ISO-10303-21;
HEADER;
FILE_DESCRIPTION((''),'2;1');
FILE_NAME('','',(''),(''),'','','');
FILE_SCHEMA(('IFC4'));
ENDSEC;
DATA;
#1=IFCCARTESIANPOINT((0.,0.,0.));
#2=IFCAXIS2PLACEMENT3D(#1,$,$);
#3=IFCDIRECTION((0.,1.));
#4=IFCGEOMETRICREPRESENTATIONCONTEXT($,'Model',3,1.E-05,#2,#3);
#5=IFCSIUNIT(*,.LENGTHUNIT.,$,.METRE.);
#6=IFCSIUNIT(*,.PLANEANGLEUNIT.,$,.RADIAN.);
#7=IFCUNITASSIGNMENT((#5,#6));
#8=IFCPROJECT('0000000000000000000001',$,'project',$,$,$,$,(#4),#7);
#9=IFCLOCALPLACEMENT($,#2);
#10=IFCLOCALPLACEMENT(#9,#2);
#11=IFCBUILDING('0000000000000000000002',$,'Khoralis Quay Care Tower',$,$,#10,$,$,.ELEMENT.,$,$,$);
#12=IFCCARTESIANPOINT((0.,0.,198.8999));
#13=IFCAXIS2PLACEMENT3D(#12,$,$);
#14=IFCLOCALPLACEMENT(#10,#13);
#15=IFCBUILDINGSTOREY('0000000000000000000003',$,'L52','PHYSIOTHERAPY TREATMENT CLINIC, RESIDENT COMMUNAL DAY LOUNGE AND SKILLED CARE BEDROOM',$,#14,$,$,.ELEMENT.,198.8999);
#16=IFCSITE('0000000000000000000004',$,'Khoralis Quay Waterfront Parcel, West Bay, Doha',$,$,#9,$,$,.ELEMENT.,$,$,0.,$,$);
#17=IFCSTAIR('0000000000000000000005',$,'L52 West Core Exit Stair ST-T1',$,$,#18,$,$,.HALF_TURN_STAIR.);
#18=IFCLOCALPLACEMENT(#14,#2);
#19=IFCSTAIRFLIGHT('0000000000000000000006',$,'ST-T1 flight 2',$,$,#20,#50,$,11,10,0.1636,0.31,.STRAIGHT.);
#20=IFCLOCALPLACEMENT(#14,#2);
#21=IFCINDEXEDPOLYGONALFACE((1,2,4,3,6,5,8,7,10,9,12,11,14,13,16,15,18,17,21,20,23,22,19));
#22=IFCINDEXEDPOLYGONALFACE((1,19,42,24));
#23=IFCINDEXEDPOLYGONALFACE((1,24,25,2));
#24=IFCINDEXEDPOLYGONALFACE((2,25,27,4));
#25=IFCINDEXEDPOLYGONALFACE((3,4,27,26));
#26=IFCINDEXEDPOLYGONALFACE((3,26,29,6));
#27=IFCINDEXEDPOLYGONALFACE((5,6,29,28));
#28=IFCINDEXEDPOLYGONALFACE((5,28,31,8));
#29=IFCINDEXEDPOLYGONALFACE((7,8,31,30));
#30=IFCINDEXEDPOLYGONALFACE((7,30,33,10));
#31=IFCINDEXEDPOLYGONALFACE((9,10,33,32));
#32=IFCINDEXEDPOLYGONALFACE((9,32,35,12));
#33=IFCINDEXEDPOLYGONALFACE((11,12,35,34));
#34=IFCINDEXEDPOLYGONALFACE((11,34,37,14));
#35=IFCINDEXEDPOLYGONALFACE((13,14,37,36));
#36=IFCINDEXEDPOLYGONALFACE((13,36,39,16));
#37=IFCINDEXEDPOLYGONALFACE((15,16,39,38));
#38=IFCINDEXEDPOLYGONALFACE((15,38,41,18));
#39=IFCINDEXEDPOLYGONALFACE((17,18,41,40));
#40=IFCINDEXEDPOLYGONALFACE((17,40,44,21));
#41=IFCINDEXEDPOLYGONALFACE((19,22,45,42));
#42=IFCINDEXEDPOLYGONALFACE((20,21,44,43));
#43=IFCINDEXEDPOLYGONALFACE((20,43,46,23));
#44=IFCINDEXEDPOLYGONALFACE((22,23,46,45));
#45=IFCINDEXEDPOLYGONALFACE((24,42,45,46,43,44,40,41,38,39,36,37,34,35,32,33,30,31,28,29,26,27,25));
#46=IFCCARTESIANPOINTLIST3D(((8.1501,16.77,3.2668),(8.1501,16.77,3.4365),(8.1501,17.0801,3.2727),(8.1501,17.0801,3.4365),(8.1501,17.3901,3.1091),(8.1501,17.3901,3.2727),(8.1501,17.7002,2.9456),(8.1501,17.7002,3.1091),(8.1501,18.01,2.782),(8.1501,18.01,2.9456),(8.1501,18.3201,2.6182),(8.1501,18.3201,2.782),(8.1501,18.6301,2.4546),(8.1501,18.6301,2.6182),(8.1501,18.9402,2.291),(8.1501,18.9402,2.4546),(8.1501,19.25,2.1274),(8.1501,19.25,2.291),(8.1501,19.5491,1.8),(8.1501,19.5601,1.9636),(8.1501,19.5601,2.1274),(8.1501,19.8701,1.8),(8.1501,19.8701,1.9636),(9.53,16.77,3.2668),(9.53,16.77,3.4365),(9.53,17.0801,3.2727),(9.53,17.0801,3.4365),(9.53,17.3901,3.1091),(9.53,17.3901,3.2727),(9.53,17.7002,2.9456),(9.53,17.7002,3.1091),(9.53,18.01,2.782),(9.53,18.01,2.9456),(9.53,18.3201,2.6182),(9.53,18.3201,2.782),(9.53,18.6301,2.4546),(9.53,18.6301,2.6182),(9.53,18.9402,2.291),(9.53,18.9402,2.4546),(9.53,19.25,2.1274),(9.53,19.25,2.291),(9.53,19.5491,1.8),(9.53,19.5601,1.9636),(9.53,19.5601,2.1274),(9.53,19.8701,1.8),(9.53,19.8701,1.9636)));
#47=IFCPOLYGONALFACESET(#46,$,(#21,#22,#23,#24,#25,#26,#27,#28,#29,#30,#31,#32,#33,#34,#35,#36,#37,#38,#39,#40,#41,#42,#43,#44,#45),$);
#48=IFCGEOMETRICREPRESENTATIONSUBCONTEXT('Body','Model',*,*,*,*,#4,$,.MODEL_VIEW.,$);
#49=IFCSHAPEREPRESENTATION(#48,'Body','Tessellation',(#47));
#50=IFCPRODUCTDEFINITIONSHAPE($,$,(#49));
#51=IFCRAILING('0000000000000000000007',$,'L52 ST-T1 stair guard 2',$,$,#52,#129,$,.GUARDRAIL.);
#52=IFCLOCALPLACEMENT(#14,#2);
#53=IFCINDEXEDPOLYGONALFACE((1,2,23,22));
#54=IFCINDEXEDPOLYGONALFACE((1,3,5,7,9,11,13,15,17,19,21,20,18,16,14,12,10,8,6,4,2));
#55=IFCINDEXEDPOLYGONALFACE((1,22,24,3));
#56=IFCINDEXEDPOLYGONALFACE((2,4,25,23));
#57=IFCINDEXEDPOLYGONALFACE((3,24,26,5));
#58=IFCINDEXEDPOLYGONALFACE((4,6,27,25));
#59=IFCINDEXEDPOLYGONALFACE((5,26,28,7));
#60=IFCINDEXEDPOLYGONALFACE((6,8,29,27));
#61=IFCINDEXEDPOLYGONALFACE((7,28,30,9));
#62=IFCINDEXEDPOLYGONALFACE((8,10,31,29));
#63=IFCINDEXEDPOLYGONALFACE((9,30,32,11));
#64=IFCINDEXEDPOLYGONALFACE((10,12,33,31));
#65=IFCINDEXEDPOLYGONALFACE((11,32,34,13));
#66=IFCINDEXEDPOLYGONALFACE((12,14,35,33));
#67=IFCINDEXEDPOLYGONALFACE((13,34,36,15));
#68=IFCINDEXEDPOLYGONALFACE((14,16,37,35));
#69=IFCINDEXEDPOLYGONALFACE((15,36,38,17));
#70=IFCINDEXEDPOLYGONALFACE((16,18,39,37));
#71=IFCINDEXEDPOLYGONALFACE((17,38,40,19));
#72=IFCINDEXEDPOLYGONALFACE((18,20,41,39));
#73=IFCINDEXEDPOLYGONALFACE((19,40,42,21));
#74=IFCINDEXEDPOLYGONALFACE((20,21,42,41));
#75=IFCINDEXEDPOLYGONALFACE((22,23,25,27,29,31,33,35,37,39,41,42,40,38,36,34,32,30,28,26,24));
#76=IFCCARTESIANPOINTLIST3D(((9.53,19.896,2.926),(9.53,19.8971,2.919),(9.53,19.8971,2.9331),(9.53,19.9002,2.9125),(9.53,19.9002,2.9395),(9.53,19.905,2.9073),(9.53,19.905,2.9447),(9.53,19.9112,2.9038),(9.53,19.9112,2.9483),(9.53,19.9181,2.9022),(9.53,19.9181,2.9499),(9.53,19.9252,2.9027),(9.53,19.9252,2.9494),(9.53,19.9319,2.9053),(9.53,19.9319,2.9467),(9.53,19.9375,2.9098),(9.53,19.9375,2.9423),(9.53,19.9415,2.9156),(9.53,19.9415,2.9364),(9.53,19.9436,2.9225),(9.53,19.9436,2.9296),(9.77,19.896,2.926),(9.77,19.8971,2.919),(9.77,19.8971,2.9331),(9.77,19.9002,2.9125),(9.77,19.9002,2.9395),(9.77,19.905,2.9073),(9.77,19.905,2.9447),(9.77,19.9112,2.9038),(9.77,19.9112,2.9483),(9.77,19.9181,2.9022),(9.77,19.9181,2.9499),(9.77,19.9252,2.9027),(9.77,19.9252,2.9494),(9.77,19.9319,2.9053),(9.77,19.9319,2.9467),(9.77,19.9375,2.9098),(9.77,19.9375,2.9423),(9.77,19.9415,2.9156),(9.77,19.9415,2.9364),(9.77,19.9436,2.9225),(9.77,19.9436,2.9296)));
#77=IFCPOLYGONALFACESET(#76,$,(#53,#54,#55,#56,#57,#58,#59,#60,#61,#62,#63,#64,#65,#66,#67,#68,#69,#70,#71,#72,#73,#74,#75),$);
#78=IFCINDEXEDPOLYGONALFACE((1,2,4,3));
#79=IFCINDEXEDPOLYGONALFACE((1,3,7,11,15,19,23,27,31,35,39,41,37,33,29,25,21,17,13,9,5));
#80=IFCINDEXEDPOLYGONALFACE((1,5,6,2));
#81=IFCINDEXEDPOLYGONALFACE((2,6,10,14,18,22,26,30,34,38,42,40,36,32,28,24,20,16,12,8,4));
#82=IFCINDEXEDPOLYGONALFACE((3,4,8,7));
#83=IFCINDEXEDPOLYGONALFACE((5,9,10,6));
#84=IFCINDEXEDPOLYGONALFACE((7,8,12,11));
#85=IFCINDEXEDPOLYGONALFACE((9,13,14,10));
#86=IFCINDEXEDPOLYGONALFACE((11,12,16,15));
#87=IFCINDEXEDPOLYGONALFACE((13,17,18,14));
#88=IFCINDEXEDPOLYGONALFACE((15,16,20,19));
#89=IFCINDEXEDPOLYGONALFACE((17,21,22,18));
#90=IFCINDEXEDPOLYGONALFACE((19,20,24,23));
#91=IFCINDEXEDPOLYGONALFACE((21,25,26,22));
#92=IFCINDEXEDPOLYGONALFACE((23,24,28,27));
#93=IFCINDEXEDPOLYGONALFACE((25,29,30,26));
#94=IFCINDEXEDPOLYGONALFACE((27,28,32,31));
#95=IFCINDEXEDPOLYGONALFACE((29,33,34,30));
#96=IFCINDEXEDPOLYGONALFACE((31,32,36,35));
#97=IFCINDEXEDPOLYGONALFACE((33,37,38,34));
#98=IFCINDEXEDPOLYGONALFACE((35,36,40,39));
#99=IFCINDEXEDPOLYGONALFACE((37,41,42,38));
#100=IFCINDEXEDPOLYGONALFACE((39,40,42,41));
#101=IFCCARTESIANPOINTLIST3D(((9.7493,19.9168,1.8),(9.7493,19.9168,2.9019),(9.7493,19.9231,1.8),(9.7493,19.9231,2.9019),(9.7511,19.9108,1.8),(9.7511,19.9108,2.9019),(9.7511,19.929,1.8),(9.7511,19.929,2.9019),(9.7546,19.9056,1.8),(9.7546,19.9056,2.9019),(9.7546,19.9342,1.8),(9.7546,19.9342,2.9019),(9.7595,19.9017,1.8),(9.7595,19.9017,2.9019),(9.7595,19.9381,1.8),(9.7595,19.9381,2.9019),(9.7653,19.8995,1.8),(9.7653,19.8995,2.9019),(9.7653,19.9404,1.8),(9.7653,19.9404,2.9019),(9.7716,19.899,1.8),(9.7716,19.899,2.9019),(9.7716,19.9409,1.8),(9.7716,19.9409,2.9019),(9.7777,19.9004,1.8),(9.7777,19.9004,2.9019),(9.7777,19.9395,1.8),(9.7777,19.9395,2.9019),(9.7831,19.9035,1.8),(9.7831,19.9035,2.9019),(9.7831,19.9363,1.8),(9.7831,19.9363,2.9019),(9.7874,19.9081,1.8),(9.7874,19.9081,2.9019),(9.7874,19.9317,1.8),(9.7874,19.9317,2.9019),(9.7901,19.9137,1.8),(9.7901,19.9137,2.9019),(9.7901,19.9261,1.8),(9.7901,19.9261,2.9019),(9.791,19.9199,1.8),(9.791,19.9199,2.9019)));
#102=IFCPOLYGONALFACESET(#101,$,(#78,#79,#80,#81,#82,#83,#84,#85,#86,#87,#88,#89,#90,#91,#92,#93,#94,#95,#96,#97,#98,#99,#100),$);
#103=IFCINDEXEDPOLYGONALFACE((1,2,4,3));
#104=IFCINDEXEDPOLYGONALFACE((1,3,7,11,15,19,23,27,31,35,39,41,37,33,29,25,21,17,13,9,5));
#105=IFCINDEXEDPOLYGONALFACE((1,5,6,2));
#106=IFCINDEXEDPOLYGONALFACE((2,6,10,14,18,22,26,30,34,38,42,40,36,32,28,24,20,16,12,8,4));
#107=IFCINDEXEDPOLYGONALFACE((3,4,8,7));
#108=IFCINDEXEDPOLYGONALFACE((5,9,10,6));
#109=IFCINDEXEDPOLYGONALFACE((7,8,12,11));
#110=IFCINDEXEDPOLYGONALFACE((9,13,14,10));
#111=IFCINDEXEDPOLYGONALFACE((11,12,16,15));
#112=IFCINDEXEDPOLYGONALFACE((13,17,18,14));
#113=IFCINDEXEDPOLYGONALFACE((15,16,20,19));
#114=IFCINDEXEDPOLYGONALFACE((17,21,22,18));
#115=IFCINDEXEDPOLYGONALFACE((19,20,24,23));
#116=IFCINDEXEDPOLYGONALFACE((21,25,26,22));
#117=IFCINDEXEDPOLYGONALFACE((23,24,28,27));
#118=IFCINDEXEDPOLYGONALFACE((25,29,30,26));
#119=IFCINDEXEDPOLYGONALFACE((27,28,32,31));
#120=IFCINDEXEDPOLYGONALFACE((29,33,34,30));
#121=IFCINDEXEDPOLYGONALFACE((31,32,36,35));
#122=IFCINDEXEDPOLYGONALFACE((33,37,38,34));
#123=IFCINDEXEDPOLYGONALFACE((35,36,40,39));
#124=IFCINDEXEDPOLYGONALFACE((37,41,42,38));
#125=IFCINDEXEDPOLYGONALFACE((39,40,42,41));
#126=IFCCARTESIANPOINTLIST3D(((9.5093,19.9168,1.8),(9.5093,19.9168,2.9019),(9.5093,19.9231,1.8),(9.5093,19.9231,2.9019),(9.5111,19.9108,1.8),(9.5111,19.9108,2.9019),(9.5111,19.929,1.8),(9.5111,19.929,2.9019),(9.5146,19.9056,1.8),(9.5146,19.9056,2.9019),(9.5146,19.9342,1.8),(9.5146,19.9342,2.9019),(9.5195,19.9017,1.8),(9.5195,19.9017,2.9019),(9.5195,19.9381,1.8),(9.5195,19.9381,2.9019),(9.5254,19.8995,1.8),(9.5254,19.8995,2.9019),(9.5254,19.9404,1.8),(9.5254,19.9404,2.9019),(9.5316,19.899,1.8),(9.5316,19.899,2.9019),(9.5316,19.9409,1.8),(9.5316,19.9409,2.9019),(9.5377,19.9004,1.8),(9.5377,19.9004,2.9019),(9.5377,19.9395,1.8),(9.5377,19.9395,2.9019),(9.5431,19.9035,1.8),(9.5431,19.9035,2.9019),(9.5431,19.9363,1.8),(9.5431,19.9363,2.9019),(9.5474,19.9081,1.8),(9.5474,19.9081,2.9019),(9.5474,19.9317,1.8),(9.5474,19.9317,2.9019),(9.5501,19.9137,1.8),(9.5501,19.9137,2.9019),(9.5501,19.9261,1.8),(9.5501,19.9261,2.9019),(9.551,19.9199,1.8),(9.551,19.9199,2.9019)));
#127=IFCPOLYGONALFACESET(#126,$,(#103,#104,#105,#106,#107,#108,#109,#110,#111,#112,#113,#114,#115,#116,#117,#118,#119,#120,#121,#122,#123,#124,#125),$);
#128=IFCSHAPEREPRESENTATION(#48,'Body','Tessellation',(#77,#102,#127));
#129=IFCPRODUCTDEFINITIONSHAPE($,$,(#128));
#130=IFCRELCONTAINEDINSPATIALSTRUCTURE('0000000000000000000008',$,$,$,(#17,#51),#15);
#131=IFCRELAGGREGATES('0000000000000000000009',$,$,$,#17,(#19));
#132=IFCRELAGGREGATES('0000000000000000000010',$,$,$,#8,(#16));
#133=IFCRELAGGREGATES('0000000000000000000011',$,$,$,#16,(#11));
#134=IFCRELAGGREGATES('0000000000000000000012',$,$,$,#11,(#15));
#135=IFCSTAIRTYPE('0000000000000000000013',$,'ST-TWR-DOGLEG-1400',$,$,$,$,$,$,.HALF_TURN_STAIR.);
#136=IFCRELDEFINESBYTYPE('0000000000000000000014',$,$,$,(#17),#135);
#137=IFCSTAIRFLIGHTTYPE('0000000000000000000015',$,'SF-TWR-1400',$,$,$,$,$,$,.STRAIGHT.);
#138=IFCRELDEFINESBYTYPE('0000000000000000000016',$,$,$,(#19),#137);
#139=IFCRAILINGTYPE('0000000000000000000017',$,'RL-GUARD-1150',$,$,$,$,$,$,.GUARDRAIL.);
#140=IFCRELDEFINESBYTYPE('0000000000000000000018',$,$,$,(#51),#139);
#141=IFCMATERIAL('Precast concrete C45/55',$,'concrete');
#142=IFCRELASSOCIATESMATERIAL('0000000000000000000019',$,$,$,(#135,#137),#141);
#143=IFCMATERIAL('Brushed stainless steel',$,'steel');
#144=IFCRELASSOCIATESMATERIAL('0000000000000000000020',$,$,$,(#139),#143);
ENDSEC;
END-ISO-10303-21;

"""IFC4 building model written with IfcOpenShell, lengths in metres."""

from ifc_helpers import new_model, si_unit, direction, frame, origin, origin_2d, place, context, subcontext, project, spatial, polyline, circle, outline, extrude, source, transform, mapped, material, type_object, element, aggregate, save


model = new_model("IFC4")

# Units and contexts
model_context = context("Model", 3, precision=1e-05, world=origin(), true_north=direction((0.0, 1.0)))
body_context = subcontext(model_context, "Body", "Model", "MODEL_VIEW")
ifc_project = project(units=[si_unit("LENGTHUNIT", "METRE"), si_unit("PLANEANGLEUNIT", "RADIAN")], contexts=[model_context])

# Site, building, storey
site_placement = place(None, origin())
site = spatial("IfcSite", under=ifc_project, at=site_placement, Name="Khoralis Quay Waterfront Parcel, West Bay, Doha", CompositionType="ELEMENT", RefElevation=0.0)
building_placement = place(site_placement, origin())
building = spatial("IfcBuilding", under=site, at=building_placement, Name="Khoralis Quay Care Tower", CompositionType="ELEMENT")
storey_placement = place(building_placement, frame((0.0, 0.0, 198.8999)))
storey = spatial("IfcBuildingStorey", under=building, at=storey_placement, Name="L52", Description="PHYSIOTHERAPY TREATMENT CLINIC, RESIDENT COMMUNAL DAY LOUNGE AND SKILLED CARE BEDROOM", CompositionType="ELEMENT", Elevation=198.8999)

# Shared definitions
ifc_material_1 = material(Name="Brushed stainless steel", Category="steel")

# Stair, stair flight
ifc_material_2 = material(Name="Precast concrete C45/55", Category="concrete")
stair_type = type_object("IfcStairType", Name="ST-TWR-DOGLEG-1400", PredefinedType="HALF_TURN_STAIR", material=ifc_material_2)
stair_placement = place(storey_placement, origin())
stair = element("IfcStair", 1, at=stair_placement, inside=storey, type_object=stair_type, Name="L52 West Core Exit Stair ST-T1", PredefinedType="HALF_TURN_STAIR")
stair_flight_type = type_object("IfcStairFlightType", Name="SF-TWR-1400", PredefinedType="STRAIGHT", material=ifc_material_2)
shared_shape_1 = source(origin(), body_context, "Body", "SweptSolid", [
    extrude(outline(polyline([(0.0, 0.0), (0.0, 0.1636), (0.3101, 0.1636), (0.3101, 0.3274), (0.6201, 0.3274), (0.6201, 0.491), (0.9299, 0.491), (0.9299, 0.6545), (1.24, 0.6545), (1.24, 0.8181), (1.55, 0.8181), (1.55, 0.9819), (1.8601, 0.9819), (1.8601, 1.1455), (2.1699, 1.1455), (2.1699, 1.3091), (2.48, 1.3091), (2.48, 1.4727), (2.79, 1.4727), (2.79, 1.6365), (3.1001, 1.6365), (3.1001, 1.8), (3.1001, 1.4668), (0.321, 0.0), (0.0, 0.0)])), frame((0.0, 0.6899, 0.0), z_axis=(0.0, -1.0, 0.0), x_axis=(1.0, 0.0, 0.0)), (0.0, 0.0, 1.0), 1.3799),
])
stair_flight_placement = place(storey_placement, frame((8.8401, 19.8701, 1.8), z_axis=(0.0, 0.0, 1.0), x_axis=(0.0, -1.0, 0.0)))
stair_flight = element("IfcStairFlight", 2, at=stair_flight_placement, type_object=stair_flight_type, Name="ST-T1 flight 2", NumberOfRisers=11, NumberOfTreads=10, PredefinedType="STRAIGHT", RiserHeight=0.1636, TreadLength=0.31, context=body_context, shape_type="MappedRepresentation", body=[
    mapped(shared_shape_1, transform((0.0, 0.0, 0.0), scale=1.0)),
])
aggregate(stair, [stair_flight])

# Railing
railing_type_1 = type_object("IfcRailingType", Name="RL-GUARD-1150", PredefinedType="GUARDRAIL", material=ifc_material_1)
railing_1_placement = place(storey_placement, frame((9.77, 19.9199, 1.8)))
element("IfcRailing", 3, at=railing_1_placement, inside=storey, type_object=railing_type_1, Name="L52 ST-T1 stair guard 2", PredefinedType="GUARDRAIL", context=body_context, shape_type="SweptSolid", body=[
    extrude(circle(Radius=0.0239, at=origin_2d()), frame((0.0, 0.0, 1.126), z_axis=(-1.0, 0.0, 0.0), x_axis=(0.0, -1.0, 0.0)), (0.0, 0.0, 1.0), 0.24),
    extrude(circle(Radius=0.021, at=origin_2d()), origin(), (0.0, 0.0, 1.0), 1.1018),
    extrude(circle(Radius=0.021, at=origin_2d()), frame((-0.24, 0.0, 0.0)), (0.0, 0.0, 1.0), 1.1018),
])

save(model, "model.ifc")
